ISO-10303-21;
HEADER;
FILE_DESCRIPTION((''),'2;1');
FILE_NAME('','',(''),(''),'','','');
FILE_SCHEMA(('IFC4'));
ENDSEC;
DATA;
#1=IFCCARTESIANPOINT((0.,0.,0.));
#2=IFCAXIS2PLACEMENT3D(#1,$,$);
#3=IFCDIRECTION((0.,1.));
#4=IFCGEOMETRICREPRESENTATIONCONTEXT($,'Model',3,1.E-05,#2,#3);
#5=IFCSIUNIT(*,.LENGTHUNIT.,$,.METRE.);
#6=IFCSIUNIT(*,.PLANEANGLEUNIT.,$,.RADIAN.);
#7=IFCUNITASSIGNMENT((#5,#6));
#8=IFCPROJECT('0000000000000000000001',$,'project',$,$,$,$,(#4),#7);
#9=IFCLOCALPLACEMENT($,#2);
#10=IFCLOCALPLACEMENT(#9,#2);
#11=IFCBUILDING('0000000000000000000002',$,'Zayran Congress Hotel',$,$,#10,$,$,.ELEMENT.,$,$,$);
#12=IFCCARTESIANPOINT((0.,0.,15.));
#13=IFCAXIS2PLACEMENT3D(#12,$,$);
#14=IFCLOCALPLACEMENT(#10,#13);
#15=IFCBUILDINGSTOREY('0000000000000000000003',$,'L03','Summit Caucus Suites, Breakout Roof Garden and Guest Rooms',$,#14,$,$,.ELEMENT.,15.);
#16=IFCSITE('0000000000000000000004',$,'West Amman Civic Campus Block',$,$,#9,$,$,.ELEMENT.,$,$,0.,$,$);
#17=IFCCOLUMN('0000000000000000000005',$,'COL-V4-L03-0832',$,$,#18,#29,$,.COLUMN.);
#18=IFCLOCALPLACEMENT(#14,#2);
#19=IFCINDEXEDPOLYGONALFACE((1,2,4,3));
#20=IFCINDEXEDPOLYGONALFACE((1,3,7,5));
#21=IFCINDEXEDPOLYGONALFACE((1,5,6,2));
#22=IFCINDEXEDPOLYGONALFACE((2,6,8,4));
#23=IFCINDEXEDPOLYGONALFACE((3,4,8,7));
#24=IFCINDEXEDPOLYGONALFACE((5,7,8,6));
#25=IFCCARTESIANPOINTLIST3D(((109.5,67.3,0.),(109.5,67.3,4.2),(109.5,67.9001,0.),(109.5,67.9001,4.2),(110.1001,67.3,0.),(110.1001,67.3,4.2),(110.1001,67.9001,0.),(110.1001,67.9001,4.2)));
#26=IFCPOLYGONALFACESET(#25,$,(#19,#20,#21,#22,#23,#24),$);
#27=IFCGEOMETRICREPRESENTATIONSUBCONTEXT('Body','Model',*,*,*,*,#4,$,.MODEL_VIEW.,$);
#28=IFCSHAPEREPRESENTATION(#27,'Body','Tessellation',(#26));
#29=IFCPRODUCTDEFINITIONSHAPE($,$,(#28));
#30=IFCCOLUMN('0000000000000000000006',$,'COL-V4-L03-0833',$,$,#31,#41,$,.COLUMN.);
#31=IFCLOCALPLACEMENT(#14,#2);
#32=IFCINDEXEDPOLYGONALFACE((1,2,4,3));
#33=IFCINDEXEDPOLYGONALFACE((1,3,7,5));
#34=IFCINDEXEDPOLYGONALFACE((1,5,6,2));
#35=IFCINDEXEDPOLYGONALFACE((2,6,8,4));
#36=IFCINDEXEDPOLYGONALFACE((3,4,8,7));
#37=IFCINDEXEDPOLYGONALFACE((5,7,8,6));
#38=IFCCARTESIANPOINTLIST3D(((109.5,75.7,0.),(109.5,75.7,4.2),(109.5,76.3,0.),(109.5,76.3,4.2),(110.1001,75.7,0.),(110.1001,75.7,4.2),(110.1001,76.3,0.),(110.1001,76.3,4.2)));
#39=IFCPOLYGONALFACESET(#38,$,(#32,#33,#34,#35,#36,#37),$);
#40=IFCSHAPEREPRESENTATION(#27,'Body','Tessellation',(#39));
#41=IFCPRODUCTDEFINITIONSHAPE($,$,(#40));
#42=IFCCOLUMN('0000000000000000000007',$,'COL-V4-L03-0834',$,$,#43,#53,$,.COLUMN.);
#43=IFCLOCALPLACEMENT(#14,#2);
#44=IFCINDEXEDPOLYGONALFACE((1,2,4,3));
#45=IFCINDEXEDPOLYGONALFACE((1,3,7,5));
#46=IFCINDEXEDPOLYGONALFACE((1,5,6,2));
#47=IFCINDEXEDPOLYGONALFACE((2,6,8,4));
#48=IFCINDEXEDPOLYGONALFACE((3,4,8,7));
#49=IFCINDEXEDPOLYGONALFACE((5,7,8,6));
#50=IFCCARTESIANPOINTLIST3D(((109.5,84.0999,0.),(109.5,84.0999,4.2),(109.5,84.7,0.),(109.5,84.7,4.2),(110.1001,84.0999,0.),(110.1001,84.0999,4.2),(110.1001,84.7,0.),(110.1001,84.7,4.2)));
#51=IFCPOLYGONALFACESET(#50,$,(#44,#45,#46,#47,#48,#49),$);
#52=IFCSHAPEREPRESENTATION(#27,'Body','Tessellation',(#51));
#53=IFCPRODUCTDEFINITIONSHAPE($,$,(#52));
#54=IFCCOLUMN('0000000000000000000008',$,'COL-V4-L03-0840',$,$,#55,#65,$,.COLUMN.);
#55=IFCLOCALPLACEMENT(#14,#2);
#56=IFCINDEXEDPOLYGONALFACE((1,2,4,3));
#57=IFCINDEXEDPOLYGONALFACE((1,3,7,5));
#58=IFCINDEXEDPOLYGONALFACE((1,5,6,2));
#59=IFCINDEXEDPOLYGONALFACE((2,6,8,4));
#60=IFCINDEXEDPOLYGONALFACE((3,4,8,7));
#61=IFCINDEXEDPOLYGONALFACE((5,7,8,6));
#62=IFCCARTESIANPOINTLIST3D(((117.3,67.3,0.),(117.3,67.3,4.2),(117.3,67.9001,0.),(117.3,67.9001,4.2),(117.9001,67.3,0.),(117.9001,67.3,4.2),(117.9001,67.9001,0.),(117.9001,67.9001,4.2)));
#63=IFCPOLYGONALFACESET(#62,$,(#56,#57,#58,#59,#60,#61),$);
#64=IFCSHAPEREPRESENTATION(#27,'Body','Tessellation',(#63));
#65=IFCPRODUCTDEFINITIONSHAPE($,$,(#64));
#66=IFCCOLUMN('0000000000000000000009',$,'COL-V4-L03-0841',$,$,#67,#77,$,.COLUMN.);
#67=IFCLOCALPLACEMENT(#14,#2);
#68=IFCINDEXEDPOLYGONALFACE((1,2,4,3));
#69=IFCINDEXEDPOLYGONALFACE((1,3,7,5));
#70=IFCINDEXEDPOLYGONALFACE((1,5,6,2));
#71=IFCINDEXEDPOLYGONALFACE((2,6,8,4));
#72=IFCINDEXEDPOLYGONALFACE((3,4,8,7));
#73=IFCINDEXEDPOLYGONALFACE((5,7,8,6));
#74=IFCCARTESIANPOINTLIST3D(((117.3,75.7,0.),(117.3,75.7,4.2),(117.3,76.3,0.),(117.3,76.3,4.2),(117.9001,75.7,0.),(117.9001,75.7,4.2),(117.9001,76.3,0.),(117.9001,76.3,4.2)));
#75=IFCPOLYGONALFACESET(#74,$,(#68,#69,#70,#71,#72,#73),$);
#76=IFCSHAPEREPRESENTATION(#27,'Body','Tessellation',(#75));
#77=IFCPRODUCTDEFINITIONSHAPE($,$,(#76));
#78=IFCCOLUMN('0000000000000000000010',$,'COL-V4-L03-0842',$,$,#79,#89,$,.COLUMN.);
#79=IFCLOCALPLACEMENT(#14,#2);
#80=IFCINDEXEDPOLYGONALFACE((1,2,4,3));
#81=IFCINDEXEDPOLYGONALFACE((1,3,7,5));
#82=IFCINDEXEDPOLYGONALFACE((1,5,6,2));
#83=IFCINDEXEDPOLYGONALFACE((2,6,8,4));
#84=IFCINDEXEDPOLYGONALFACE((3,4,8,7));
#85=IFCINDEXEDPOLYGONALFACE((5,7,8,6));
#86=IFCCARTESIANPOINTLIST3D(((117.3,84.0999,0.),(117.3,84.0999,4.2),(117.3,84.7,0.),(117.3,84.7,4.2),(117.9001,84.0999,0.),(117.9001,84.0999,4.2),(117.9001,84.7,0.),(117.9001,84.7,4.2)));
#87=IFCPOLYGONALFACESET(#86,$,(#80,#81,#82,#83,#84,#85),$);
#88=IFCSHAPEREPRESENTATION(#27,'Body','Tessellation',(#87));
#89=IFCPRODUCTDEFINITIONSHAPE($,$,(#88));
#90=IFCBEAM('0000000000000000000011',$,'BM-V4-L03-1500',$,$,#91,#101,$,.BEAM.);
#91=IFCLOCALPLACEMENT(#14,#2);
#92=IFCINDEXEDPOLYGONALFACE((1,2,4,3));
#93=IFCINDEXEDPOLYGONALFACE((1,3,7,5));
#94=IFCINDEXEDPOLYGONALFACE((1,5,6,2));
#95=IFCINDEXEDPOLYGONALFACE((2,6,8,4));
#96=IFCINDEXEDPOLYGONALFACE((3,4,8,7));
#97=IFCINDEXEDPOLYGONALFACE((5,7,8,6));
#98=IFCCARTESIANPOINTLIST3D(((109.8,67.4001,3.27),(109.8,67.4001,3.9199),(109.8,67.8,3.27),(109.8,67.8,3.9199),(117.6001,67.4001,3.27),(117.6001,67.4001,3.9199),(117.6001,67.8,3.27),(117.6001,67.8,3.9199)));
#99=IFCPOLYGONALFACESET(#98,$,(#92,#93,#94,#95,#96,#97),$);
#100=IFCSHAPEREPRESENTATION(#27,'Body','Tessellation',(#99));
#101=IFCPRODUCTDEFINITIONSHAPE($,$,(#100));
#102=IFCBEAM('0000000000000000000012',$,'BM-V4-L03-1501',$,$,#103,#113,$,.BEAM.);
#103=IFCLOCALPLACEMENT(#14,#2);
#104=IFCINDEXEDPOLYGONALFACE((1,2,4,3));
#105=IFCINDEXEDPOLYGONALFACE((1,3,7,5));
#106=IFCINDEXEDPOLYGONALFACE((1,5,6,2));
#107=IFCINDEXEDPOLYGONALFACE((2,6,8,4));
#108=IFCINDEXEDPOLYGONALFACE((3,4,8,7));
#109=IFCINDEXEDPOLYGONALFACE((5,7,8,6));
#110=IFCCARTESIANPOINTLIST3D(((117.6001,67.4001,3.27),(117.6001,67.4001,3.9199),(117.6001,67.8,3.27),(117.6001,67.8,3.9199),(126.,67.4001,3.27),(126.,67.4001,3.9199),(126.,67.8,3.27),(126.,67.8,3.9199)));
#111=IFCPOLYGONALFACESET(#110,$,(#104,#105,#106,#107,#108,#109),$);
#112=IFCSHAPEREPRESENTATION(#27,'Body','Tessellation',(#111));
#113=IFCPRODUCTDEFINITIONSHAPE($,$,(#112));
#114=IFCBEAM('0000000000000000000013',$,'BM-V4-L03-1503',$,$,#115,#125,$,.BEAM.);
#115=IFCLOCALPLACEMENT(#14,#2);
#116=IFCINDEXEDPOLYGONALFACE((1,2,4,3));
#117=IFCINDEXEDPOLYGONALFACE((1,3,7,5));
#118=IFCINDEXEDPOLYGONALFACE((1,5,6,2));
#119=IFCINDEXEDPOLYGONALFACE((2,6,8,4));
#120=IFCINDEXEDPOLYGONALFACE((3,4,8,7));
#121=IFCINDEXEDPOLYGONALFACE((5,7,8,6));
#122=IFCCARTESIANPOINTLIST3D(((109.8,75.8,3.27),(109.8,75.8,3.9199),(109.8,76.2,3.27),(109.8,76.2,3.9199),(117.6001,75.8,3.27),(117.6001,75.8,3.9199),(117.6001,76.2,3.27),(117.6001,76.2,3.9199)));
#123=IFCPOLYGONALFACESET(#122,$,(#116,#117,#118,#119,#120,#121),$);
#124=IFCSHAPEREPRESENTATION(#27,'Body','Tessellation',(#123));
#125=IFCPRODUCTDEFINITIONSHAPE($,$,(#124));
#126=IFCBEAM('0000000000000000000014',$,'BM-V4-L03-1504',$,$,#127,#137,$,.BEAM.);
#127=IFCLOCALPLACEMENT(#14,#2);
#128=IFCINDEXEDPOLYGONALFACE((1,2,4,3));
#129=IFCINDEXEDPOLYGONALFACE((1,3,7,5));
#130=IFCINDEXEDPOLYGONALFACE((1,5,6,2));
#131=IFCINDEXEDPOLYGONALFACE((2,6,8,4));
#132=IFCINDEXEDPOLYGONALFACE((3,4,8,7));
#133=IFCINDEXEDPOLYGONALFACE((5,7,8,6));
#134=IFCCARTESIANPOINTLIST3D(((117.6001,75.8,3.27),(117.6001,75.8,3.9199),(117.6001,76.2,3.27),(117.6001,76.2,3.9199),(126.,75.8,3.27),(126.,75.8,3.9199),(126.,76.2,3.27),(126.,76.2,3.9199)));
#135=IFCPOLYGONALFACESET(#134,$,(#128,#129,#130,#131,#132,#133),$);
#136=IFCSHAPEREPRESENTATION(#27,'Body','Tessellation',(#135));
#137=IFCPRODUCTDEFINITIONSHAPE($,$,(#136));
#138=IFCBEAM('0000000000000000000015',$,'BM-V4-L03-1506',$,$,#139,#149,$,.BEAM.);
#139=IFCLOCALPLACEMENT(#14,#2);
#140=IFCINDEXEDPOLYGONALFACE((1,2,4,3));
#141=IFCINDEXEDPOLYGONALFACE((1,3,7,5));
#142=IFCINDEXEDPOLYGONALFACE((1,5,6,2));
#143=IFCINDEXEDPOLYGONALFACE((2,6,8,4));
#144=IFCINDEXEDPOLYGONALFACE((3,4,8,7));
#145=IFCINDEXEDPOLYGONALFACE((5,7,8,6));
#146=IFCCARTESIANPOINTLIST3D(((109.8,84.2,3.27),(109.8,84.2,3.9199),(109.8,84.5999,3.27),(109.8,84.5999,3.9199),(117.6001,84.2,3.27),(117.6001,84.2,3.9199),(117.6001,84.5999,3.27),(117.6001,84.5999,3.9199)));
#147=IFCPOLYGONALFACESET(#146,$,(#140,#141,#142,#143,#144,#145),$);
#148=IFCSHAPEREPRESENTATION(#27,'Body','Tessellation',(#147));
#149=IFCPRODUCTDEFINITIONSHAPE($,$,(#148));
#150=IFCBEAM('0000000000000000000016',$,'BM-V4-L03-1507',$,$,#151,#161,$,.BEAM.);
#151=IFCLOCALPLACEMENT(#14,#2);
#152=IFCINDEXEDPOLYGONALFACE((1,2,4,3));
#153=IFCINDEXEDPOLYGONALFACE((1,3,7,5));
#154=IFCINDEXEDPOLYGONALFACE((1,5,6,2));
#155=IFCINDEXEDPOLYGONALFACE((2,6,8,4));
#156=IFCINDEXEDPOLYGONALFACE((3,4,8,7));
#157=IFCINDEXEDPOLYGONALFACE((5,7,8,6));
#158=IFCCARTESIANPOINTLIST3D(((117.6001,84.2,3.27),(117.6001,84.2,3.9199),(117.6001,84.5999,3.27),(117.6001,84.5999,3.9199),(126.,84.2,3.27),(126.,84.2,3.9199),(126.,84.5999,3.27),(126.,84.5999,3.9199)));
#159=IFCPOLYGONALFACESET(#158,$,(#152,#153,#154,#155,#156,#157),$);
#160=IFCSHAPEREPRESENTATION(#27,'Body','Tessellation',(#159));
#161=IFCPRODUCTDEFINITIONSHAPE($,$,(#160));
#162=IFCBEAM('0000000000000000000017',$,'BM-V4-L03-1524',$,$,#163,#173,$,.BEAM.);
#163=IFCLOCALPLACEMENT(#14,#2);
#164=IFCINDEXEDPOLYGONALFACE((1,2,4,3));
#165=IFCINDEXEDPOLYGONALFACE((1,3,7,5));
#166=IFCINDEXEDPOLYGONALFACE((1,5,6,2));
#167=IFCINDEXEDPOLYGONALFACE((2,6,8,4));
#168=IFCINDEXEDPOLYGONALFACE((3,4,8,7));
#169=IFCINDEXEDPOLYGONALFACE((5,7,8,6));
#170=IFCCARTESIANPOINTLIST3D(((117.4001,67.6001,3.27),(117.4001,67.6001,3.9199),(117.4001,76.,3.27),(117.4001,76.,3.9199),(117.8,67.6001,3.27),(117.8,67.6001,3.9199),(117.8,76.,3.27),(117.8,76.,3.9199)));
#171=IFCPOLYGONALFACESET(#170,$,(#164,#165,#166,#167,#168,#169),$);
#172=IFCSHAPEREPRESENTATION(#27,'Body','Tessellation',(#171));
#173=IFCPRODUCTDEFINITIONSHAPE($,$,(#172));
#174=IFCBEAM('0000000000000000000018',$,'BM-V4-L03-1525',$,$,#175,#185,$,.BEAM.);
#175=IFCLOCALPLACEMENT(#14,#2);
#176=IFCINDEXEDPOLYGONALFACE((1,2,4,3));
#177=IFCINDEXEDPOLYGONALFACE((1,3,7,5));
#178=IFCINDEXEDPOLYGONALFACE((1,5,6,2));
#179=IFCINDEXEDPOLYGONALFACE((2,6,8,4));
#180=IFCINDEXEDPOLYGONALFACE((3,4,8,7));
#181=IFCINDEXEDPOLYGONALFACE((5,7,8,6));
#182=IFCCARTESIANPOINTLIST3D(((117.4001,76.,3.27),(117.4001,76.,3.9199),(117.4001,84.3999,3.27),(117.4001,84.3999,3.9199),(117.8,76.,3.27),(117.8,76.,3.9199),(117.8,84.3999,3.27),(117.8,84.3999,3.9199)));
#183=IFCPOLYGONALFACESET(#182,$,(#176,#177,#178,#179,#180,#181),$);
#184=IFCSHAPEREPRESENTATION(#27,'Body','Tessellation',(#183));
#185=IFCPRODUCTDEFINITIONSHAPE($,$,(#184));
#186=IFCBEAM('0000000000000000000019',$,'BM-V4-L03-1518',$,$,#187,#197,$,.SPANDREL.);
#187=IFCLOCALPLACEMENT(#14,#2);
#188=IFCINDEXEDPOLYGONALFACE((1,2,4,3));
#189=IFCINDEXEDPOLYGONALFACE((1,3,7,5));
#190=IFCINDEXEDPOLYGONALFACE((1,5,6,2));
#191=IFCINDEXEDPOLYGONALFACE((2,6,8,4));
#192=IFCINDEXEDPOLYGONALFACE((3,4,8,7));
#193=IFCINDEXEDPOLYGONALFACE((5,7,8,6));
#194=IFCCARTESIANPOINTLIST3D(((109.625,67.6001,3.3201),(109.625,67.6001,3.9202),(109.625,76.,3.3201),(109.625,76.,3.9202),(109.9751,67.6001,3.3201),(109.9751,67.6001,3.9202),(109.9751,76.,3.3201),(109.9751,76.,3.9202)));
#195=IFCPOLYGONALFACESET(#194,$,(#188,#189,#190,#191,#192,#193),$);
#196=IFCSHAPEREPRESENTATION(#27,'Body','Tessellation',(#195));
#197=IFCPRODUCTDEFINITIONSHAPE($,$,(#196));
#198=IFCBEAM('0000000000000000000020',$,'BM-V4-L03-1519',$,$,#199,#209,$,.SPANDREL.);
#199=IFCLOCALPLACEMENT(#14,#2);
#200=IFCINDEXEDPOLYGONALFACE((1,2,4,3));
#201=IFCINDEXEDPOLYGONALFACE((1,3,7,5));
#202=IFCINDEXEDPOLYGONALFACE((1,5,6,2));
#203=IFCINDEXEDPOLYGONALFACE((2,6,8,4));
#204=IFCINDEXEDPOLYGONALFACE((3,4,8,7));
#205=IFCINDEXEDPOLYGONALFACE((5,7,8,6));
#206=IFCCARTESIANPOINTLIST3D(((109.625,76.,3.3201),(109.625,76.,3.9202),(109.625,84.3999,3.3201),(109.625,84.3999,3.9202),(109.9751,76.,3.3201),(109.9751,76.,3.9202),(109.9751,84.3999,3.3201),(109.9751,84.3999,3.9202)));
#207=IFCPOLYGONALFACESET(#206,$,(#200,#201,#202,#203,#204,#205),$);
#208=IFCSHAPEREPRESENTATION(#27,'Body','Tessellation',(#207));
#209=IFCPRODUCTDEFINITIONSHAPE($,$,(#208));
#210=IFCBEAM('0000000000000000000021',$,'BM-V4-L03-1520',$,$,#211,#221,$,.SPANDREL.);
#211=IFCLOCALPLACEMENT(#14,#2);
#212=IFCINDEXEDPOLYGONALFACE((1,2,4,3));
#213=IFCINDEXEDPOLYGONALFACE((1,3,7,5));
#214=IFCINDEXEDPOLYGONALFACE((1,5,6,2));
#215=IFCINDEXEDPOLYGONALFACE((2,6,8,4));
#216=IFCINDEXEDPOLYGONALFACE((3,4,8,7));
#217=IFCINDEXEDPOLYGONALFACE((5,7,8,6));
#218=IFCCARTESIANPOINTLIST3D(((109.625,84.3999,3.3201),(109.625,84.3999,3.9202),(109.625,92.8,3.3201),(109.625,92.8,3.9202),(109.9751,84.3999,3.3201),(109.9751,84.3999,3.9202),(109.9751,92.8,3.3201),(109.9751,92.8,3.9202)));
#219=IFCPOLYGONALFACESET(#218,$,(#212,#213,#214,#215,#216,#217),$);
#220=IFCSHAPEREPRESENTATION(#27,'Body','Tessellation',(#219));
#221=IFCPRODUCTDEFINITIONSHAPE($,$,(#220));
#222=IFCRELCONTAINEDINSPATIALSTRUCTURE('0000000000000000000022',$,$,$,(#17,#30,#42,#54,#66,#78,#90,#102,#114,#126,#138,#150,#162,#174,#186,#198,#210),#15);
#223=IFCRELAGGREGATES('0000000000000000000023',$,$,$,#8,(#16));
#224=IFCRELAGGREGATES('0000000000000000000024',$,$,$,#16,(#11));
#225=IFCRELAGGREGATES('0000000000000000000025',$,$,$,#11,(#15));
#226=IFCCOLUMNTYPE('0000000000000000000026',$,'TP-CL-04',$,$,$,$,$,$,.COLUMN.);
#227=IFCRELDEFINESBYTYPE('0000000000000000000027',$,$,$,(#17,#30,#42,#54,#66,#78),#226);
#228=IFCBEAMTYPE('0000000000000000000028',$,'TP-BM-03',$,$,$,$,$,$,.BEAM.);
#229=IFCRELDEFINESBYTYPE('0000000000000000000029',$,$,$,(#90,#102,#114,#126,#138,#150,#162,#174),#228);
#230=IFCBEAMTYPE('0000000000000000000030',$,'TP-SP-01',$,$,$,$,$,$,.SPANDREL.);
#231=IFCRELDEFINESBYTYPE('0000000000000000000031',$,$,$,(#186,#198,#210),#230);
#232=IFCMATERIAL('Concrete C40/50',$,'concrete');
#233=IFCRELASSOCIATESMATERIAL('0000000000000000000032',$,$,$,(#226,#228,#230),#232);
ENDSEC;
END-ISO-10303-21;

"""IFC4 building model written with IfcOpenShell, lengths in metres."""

from ifc_helpers import new_model, si_unit, direction, frame, origin, origin_2d, place, context, subcontext, project, spatial, rectangle, extrude, material, material_profile, profile_set, type_object, element, save


model = new_model("IFC4")

# Units and contexts
model_context = context("Model", 3, precision=1e-05, world=origin(), true_north=direction((0.0, 1.0)))
body_context = subcontext(model_context, "Body", "Model", "MODEL_VIEW")
ifc_project = project(units=[si_unit("LENGTHUNIT", "METRE"), si_unit("PLANEANGLEUNIT", "RADIAN")], contexts=[model_context])

# Site, building, storey
site_placement = place(None, origin())
site = spatial("IfcSite", under=ifc_project, at=site_placement, Name="West Amman Civic Campus Block", CompositionType="ELEMENT", RefElevation=0.0)
building_placement = place(site_placement, origin())
building = spatial("IfcBuilding", under=site, at=building_placement, Name="Zayran Congress Hotel", CompositionType="ELEMENT")
storey_placement = place(building_placement, frame((0.0, 0.0, 15.0)))
storey = spatial("IfcBuildingStorey", under=building, at=storey_placement, Name="L03", Description="Summit Caucus Suites, Breakout Roof Garden and Guest Rooms", CompositionType="ELEMENT", Elevation=15.0)

# Columns
ifc_material_1 = material(Name="Concrete C40/50", Category="concrete")
ifc_material_profile_1 = material_profile(ifc_material_1, rectangle(XDim=0.6001, YDim=0.6001, at=origin_2d()), Name="RC 600x600")
ifc_profile_set_1 = profile_set([ifc_material_profile_1], Name="Concrete C40/50")
column_type = type_object("IfcColumnType", Name="TP-CL-04", PredefinedType="COLUMN", material=ifc_profile_set_1)
for number, where, z_axis, x_axis, name in (
    (1, (109.8, 67.6001, 0.0), (0.0, 0.0, 1.0), (1.0, 0.0, 0.0), "COL-V4-L03-0832"),
    (2, (109.8, 76.0, 0.0), (0.0, 0.0, 1.0), (1.0, 0.0, 0.0), "COL-V4-L03-0833"),
    (3, (109.8, 84.3999, 0.0), (0.0, 0.0, 1.0), (1.0, 0.0, 0.0), "COL-V4-L03-0834"),
    (4, (117.6001, 67.6001, 0.0), (0.0, 0.0, 1.0), (1.0, 0.0, 0.0), "COL-V4-L03-0840"),
    (5, (117.6001, 76.0, 0.0), (0.0, 0.0, 1.0), (1.0, 0.0, 0.0), "COL-V4-L03-0841"),
    (6, (117.6001, 84.3999, 0.0), (0.0, 0.0, 1.0), (1.0, 0.0, 0.0), "COL-V4-L03-0842"),
):
    element("IfcColumn", number, at=place(storey_placement, frame(where, z_axis=z_axis, x_axis=x_axis)), inside=storey, type_object=column_type, Name=name, PredefinedType="COLUMN", context=body_context, shape_type="SweptSolid", body=[
        extrude(rectangle(XDim=0.6001, YDim=0.6001, at=origin_2d()), origin(), (0.0, 0.0, 1.0), 4.2),
    ])

# Beams
ifc_material_profile_2 = material_profile(ifc_material_1, rectangle(XDim=0.3999, YDim=0.6499, at=origin_2d()), Name="RC 400x650")
ifc_profile_set_2 = profile_set([ifc_material_profile_2], Name="Concrete C40/50")
beam_type_1 = type_object("IfcBeamType", Name="TP-BM-03", PredefinedType="BEAM", material=ifc_profile_set_2)
beam_1_placement = place(storey_placement, frame((109.8, 67.6001, 3.595), z_axis=(1.0, 0.0, 0.0), x_axis=(0.0, 1.0, 0.0)))
element("IfcBeam", 7, at=beam_1_placement, inside=storey, type_object=beam_type_1, Name="BM-V4-L03-1500", PredefinedType="BEAM", context=body_context, shape_type="SweptSolid", body=[
    extrude(rectangle(XDim=0.3999, YDim=0.6499, at=origin_2d()), origin(), (0.0, 0.0, 1.0), 7.8),
])
beam_2_placement = place(storey_placement, frame((117.6001, 67.6001, 3.595), z_axis=(1.0, 0.0, 0.0), x_axis=(0.0, 1.0, 0.0)))
element("IfcBeam", 8, at=beam_2_placement, inside=storey, type_object=beam_type_1, Name="BM-V4-L03-1501", PredefinedType="BEAM", context=body_context, shape_type="SweptSolid", body=[
    extrude(rectangle(XDim=0.3999, YDim=0.6499, at=origin_2d()), origin(), (0.0, 0.0, 1.0), 8.3999),
])
beam_3_placement = place(storey_placement, frame((109.8, 76.0, 3.595), z_axis=(1.0, 0.0, 0.0), x_axis=(0.0, 1.0, 0.0)))
element("IfcBeam", 9, at=beam_3_placement, inside=storey, type_object=beam_type_1, Name="BM-V4-L03-1503", PredefinedType="BEAM", context=body_context, shape_type="SweptSolid", body=[
    extrude(rectangle(XDim=0.3999, YDim=0.6499, at=origin_2d()), origin(), (0.0, 0.0, 1.0), 7.8),
])
beam_4_placement = place(storey_placement, frame((117.6001, 76.0, 3.595), z_axis=(1.0, 0.0, 0.0), x_axis=(0.0, 1.0, 0.0)))
element("IfcBeam", 10, at=beam_4_placement, inside=storey, type_object=beam_type_1, Name="BM-V4-L03-1504", PredefinedType="BEAM", context=body_context, shape_type="SweptSolid", body=[
    extrude(rectangle(XDim=0.3999, YDim=0.6499, at=origin_2d()), origin(), (0.0, 0.0, 1.0), 8.3999),
])
beam_5_placement = place(storey_placement, frame((109.8, 84.3999, 3.595), z_axis=(1.0, 0.0, 0.0), x_axis=(0.0, 1.0, 0.0)))
element("IfcBeam", 11, at=beam_5_placement, inside=storey, type_object=beam_type_1, Name="BM-V4-L03-1506", PredefinedType="BEAM", context=body_context, shape_type="SweptSolid", body=[
    extrude(rectangle(XDim=0.3999, YDim=0.6499, at=origin_2d()), origin(), (0.0, 0.0, 1.0), 7.8),
])
for number, where, z_axis, x_axis, name in (
    (12, (117.6001, 84.3999, 3.595), (1.0, 0.0, 0.0), (0.0, 1.0, 0.0), "BM-V4-L03-1507"),
    (13, (117.6001, 67.6001, 3.595), (0.0, 1.0, 0.0), (-1.0, 0.0, 0.0), "BM-V4-L03-1524"),
    (14, (117.6001, 76.0, 3.595), (0.0, 1.0, 0.0), (-1.0, 0.0, 0.0), "BM-V4-L03-1525"),
):
    element("IfcBeam", number, at=place(storey_placement, frame(where, z_axis=z_axis, x_axis=x_axis)), inside=storey, type_object=beam_type_1, Name=name, PredefinedType="BEAM", context=body_context, shape_type="SweptSolid", body=[
        extrude(rectangle(XDim=0.3999, YDim=0.6499, at=origin_2d()), origin(), (0.0, 0.0, 1.0), 8.3999),
    ])
ifc_material_profile_3 = material_profile(ifc_material_1, rectangle(XDim=0.3501, YDim=0.6001, at=origin_2d()), Name="RC 350x600")
ifc_profile_set_3 = profile_set([ifc_material_profile_3], Name="Concrete C40/50")
beam_type_2 = type_object("IfcBeamType", Name="TP-SP-01", PredefinedType="SPANDREL", material=ifc_profile_set_3)
for number, where, z_axis, x_axis, name in (
    (15, (109.8, 67.6001, 3.6201), (0.0, 1.0, 0.0), (-1.0, 0.0, 0.0), "BM-V4-L03-1518"),
    (16, (109.8, 76.0, 3.6201), (0.0, 1.0, 0.0), (-1.0, 0.0, 0.0), "BM-V4-L03-1519"),
):
    element("IfcBeam", number, at=place(storey_placement, frame(where, z_axis=z_axis, x_axis=x_axis)), inside=storey, type_object=beam_type_2, Name=name, PredefinedType="SPANDREL", context=body_context, shape_type="SweptSolid", body=[
        extrude(rectangle(XDim=0.3501, YDim=0.6001, at=origin_2d()), origin(), (0.0, 0.0, 1.0), 8.3999),
    ])
beam_6_placement = place(storey_placement, frame((109.8, 84.3999, 3.6201), z_axis=(0.0, 1.0, 0.0), x_axis=(-1.0, 0.0, 0.0)))
element("IfcBeam", 17, at=beam_6_placement, inside=storey, type_object=beam_type_2, Name="BM-V4-L03-1520", PredefinedType="SPANDREL", context=body_context, shape_type="SweptSolid", body=[
    extrude(rectangle(XDim=0.3501, YDim=0.6001, at=origin_2d()), origin(), (0.0, 0.0, 1.0), 8.4001),
])

save(model, "model.ifc")
